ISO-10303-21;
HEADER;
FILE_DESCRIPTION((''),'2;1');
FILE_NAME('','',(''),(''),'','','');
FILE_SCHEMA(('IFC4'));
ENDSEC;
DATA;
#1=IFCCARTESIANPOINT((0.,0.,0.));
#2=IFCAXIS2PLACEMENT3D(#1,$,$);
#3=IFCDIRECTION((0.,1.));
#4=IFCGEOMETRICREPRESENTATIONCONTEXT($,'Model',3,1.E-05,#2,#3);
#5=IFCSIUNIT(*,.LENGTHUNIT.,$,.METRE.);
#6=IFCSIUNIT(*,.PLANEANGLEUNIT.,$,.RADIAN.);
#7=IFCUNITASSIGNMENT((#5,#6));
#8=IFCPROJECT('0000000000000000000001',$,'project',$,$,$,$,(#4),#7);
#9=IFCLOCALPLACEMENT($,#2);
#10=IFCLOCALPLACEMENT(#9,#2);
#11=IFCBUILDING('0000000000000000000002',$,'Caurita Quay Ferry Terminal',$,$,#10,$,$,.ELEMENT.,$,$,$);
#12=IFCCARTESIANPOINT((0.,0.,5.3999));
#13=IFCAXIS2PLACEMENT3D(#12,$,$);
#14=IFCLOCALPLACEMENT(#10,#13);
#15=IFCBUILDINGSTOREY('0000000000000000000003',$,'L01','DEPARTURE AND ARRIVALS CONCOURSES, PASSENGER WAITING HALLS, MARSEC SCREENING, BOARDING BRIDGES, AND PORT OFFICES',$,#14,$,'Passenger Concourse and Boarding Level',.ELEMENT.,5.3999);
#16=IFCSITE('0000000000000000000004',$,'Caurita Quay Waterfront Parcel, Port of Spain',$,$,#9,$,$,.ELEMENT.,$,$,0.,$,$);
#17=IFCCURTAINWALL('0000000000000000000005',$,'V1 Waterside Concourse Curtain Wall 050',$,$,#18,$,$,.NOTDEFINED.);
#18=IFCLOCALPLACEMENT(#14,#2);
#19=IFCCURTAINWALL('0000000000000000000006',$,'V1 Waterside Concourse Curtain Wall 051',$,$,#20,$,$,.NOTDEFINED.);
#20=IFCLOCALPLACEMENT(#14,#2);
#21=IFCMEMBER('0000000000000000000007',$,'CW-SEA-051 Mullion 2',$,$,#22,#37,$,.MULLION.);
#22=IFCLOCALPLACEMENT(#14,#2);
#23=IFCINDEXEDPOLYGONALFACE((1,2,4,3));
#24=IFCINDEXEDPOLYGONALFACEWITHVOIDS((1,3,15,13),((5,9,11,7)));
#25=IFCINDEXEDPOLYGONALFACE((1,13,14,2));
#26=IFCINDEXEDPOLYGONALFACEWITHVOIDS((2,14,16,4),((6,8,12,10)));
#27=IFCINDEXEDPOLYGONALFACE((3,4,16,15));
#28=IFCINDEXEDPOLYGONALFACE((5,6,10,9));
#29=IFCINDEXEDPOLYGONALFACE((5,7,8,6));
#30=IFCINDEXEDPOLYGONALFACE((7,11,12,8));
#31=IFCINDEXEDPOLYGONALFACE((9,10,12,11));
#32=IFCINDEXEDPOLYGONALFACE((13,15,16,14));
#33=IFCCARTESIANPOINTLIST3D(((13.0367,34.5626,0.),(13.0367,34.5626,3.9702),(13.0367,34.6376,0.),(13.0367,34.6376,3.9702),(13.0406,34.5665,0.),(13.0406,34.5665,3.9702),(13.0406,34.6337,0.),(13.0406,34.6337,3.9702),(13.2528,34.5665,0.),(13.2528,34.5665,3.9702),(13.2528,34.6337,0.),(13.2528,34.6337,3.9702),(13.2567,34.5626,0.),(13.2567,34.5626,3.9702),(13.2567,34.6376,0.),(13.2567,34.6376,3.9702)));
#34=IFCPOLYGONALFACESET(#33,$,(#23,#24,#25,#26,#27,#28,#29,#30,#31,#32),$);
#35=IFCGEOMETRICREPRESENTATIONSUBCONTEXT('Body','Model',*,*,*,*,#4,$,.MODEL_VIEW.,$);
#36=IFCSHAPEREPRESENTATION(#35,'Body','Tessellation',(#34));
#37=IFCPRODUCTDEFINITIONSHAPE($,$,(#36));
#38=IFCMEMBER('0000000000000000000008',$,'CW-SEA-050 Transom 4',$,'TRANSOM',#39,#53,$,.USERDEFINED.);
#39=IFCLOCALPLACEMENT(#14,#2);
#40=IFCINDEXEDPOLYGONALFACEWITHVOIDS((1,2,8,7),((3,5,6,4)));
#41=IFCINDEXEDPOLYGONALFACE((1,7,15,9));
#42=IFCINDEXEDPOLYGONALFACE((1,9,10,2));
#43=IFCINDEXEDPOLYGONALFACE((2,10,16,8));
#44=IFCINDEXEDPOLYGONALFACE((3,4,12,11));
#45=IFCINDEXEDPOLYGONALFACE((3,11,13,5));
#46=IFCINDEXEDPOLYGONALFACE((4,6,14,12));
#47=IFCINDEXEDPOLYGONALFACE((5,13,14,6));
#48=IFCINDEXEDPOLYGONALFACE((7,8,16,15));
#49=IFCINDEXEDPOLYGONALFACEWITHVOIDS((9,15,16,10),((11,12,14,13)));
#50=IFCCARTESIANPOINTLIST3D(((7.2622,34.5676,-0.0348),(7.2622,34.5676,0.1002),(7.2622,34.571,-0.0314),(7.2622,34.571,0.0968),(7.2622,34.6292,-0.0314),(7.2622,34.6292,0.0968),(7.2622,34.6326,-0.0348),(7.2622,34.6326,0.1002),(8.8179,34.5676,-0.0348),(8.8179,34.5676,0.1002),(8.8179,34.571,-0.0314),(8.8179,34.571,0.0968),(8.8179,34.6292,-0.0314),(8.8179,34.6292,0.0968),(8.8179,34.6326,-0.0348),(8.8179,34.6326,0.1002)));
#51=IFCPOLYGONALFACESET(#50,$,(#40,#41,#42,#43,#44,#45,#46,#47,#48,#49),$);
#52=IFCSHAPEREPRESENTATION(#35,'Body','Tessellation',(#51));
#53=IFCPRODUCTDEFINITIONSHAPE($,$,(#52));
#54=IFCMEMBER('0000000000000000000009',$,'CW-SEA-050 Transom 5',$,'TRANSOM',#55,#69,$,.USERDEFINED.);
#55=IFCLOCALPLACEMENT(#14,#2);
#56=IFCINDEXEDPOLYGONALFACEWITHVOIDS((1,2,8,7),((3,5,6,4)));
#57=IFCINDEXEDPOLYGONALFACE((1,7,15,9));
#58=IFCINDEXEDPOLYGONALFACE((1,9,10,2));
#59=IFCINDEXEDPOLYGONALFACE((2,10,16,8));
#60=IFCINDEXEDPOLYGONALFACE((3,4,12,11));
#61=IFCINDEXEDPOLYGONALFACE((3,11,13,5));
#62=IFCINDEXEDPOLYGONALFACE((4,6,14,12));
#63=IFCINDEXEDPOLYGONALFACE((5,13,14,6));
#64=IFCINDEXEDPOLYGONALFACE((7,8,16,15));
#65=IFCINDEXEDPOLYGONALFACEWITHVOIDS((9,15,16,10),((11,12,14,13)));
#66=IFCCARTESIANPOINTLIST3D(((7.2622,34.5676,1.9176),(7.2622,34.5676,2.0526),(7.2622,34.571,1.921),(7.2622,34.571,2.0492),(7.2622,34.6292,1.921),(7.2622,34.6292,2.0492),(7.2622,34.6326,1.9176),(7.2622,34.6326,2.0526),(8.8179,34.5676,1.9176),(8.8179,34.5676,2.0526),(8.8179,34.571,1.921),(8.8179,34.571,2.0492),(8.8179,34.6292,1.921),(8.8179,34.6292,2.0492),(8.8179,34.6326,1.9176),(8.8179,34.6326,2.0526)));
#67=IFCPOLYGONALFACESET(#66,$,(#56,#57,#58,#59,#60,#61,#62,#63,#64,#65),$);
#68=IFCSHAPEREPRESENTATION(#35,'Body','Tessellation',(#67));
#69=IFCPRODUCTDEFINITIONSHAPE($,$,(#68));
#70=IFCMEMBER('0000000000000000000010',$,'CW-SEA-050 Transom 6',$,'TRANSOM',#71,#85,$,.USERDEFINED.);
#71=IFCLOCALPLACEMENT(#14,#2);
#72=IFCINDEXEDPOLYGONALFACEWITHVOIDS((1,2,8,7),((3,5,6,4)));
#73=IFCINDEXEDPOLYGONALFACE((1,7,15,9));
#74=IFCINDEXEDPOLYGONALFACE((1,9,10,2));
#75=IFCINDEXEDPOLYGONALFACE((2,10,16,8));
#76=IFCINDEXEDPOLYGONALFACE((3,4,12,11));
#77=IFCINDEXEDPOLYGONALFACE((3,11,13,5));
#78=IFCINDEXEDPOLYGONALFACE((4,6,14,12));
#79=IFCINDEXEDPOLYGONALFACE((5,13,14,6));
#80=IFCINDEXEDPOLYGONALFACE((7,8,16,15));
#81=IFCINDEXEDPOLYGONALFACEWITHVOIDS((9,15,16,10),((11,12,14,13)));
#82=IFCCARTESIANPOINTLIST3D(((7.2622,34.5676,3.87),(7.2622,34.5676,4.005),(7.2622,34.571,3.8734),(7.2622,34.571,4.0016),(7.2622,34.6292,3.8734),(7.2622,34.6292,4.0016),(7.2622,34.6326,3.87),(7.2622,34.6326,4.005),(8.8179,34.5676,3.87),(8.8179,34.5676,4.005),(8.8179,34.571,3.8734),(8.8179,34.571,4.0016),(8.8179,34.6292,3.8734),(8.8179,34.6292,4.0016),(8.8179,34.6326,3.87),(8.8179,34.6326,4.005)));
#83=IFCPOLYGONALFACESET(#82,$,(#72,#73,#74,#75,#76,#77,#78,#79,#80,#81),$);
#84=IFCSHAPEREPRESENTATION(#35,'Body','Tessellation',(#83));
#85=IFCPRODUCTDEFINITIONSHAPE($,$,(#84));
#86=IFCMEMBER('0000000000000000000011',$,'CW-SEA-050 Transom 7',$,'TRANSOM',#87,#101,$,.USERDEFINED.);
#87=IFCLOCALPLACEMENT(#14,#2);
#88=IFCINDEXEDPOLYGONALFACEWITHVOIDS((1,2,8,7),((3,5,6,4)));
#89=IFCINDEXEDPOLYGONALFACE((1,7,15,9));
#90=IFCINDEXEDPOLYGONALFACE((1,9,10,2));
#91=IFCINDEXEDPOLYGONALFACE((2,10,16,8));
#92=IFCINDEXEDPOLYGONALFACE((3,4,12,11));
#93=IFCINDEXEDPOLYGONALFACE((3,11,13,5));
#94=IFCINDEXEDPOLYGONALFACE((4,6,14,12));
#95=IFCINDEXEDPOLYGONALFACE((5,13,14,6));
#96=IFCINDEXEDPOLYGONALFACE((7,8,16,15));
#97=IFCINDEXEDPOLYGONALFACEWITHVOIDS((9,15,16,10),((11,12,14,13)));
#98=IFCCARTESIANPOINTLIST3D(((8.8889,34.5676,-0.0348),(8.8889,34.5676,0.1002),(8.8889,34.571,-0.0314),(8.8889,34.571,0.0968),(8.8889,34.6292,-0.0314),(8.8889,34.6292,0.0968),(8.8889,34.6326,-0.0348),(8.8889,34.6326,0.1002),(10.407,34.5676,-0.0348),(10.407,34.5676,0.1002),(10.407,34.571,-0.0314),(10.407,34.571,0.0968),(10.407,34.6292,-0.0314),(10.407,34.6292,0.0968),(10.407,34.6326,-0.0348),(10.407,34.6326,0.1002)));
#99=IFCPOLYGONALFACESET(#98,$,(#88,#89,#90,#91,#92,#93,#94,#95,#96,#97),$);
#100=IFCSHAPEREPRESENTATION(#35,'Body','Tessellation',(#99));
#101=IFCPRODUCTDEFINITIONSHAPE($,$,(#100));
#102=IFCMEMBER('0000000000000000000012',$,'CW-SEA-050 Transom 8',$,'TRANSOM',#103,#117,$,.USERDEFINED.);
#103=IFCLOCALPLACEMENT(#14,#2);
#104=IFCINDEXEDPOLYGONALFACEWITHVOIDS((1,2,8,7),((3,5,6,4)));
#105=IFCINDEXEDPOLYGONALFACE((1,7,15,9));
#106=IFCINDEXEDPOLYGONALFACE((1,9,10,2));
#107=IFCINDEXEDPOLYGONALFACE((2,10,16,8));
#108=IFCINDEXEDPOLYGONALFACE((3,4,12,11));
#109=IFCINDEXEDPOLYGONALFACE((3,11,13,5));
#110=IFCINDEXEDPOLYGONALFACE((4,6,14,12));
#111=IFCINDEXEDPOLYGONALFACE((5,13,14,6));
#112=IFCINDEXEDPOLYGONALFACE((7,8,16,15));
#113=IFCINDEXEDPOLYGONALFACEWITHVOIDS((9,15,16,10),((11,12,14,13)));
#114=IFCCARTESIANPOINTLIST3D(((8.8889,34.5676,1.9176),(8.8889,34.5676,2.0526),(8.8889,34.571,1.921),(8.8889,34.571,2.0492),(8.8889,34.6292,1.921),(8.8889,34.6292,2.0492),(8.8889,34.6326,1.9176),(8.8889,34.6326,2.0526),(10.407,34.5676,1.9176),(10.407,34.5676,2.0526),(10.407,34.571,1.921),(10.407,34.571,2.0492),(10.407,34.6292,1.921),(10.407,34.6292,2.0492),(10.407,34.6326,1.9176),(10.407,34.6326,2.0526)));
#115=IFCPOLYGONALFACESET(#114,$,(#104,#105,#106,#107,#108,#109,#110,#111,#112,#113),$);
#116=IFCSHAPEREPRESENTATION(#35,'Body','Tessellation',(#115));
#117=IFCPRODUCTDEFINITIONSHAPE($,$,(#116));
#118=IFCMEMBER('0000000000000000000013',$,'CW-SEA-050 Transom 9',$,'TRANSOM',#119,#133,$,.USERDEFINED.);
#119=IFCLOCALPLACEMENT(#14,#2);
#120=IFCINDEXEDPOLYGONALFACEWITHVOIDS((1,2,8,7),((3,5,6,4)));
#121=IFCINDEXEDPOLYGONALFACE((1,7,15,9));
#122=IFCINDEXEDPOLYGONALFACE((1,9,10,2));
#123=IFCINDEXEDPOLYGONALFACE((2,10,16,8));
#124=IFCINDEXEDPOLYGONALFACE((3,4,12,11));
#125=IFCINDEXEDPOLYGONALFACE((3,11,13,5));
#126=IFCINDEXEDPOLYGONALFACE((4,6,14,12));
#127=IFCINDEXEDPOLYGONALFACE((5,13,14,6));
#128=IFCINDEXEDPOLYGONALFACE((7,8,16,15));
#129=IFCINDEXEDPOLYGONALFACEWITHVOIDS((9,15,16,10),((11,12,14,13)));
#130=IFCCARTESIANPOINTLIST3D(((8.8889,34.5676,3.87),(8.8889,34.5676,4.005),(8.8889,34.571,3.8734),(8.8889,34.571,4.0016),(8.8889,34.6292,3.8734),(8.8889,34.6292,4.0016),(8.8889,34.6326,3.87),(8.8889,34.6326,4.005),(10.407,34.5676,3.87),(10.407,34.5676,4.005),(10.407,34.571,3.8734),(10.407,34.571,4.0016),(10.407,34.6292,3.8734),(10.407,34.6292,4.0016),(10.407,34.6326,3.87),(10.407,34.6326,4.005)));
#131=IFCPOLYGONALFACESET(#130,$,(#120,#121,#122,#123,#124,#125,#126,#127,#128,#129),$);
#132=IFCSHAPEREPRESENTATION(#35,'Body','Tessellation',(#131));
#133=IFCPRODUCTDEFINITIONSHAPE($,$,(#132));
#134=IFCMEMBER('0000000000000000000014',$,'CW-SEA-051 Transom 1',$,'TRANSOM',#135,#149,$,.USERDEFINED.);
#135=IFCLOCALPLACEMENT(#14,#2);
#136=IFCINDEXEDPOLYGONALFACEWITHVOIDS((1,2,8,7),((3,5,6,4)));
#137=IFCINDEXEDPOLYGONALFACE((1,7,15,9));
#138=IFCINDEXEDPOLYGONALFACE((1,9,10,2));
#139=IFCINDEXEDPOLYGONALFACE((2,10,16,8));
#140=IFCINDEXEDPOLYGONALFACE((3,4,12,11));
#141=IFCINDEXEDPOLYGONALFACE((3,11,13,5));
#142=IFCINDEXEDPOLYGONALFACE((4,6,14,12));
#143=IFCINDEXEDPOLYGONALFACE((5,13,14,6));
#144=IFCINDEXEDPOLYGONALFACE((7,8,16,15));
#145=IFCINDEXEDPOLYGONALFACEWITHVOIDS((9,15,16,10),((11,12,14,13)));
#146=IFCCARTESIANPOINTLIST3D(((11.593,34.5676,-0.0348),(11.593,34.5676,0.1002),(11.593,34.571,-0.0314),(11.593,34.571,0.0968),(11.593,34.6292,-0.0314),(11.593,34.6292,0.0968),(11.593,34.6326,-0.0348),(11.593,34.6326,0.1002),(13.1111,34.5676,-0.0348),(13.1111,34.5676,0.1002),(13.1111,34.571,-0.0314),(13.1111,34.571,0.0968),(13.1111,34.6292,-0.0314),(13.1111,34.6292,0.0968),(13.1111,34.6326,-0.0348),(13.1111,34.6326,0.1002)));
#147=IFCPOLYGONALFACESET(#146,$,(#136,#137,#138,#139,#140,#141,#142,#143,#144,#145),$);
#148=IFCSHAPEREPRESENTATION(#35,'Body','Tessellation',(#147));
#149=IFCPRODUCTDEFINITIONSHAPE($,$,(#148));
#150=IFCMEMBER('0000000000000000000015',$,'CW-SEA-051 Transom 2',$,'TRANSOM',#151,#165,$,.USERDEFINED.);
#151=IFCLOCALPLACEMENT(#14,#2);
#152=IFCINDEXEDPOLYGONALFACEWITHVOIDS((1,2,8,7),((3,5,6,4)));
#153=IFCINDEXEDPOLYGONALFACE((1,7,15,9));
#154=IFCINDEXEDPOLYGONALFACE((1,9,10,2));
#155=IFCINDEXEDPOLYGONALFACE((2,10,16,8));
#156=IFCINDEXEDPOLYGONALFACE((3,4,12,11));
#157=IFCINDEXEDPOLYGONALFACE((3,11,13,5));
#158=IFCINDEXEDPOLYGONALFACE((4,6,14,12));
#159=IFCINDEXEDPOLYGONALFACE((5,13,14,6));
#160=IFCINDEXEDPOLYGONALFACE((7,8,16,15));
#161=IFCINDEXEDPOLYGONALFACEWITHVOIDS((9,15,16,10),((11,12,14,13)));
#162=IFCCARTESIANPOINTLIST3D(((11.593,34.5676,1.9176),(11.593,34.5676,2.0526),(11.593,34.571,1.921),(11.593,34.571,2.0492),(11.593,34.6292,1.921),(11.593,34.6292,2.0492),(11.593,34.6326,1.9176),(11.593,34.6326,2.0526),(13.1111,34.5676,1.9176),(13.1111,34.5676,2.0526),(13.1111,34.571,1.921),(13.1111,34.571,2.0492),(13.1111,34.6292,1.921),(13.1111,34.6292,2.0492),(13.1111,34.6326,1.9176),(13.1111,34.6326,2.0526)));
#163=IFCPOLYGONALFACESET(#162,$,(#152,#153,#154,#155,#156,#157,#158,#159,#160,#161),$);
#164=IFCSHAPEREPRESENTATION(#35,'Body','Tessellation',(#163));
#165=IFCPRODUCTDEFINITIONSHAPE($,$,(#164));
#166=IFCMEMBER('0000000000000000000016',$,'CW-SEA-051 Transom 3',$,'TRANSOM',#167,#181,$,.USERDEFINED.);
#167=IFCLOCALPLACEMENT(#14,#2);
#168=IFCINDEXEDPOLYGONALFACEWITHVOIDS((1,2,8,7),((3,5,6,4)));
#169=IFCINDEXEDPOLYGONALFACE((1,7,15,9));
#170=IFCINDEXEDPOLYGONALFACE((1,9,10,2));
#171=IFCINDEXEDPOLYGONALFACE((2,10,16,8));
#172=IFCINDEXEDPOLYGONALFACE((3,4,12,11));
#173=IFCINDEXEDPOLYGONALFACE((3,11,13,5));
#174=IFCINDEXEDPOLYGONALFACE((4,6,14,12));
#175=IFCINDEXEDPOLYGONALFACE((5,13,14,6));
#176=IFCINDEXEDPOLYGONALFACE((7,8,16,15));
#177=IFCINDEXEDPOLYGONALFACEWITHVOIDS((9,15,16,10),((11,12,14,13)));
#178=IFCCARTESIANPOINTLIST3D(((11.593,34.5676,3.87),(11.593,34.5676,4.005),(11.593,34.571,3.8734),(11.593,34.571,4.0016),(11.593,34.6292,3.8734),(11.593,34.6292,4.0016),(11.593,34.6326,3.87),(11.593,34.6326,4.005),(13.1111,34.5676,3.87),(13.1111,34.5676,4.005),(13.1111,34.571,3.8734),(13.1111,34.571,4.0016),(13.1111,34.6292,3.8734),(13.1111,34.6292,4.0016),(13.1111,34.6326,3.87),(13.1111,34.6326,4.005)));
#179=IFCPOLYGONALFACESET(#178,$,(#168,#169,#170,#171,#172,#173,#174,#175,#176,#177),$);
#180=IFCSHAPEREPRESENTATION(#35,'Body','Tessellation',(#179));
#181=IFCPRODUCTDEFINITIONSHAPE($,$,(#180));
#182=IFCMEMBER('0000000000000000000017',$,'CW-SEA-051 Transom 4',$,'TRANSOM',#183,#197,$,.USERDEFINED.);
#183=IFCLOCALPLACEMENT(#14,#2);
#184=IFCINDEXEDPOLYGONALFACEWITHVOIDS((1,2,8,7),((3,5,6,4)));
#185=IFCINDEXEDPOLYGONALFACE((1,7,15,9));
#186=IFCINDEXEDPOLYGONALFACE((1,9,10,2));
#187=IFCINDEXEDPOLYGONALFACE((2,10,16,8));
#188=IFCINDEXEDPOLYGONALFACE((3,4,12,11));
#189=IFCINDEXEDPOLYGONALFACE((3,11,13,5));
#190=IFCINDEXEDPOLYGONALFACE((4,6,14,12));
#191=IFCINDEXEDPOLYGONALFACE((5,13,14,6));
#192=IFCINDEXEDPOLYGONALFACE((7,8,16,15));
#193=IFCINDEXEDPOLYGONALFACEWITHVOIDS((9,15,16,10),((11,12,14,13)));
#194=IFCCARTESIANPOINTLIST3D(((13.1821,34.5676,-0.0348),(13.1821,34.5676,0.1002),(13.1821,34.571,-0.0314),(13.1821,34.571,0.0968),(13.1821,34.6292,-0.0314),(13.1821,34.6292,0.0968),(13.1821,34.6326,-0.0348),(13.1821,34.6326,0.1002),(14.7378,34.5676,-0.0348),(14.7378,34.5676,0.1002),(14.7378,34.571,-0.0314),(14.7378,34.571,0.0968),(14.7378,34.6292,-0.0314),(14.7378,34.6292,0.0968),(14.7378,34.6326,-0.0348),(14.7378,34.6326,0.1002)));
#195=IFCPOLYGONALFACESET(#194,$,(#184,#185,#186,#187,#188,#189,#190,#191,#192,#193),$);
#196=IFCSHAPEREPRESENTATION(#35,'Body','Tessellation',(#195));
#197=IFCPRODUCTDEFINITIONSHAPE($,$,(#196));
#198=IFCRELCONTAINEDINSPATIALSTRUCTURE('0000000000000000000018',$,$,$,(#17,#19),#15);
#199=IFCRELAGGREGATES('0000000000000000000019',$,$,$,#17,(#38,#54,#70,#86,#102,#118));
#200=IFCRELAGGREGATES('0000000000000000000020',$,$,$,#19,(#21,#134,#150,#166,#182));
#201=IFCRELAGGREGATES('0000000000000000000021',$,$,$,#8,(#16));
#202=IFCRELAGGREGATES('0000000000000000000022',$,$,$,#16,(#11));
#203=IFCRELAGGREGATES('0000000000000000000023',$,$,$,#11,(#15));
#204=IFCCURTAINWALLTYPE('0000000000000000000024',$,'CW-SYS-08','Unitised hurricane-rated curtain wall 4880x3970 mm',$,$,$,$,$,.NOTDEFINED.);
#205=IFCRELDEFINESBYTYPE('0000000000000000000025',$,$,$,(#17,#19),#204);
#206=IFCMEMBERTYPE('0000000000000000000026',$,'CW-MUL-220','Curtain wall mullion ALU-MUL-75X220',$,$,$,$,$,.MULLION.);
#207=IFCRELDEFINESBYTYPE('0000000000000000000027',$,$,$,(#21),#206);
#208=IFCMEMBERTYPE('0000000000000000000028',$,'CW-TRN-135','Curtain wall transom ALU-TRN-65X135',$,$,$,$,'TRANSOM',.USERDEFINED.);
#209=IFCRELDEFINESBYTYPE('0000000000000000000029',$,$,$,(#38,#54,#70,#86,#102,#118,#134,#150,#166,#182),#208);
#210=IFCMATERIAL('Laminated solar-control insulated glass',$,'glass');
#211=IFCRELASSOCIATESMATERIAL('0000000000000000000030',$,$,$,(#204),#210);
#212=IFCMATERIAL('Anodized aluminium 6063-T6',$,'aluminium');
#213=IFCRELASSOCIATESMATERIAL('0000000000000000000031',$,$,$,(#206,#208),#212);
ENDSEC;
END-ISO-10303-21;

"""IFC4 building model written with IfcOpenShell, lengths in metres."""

from ifc_helpers import new_model, si_unit, direction, frame, origin, origin_2d, place, context, subcontext, project, spatial, hollow_rectangle, extrude, material, material_profile, profile_set, type_object, element, aggregate, save


model = new_model("IFC4")

# Units and contexts
model_context = context("Model", 3, precision=1e-05, world=origin(), true_north=direction((0.0, 1.0)))
body_context = subcontext(model_context, "Body", "Model", "MODEL_VIEW")
ifc_project = project(units=[si_unit("LENGTHUNIT", "METRE"), si_unit("PLANEANGLEUNIT", "RADIAN")], contexts=[model_context])

# Site, building, storey
site_placement = place(None, origin())
site = spatial("IfcSite", under=ifc_project, at=site_placement, Name="Caurita Quay Waterfront Parcel, Port of Spain", CompositionType="ELEMENT", RefElevation=0.0)
building_placement = place(site_placement, origin())
building = spatial("IfcBuilding", under=site, at=building_placement, Name="Caurita Quay Ferry Terminal", CompositionType="ELEMENT")
storey_placement = place(building_placement, frame((0.0, 0.0, 5.3999)))
storey = spatial("IfcBuildingStorey", under=building, at=storey_placement, Name="L01", Description="DEPARTURE AND ARRIVALS CONCOURSES, PASSENGER WAITING HALLS, MARSEC SCREENING, BOARDING BRIDGES, AND PORT OFFICES", LongName="Passenger Concourse and Boarding Level", CompositionType="ELEMENT", Elevation=5.3999)

# Curtain walls, member
ifc_material_1 = material(Name="Laminated solar-control insulated glass", Category="glass")
curtain_wall_type = type_object("IfcCurtainWallType", Name="CW-SYS-08", Description="Unitised hurricane-rated curtain wall 4880x3970 mm", PredefinedType="NOTDEFINED", material=ifc_material_1)
curtain_wall_1_placement = place(storey_placement, origin())
curtain_wall_1 = element("IfcCurtainWall", 1, at=curtain_wall_1_placement, inside=storey, type_object=curtain_wall_type, Name="V1 Waterside Concourse Curtain Wall 050", PredefinedType="NOTDEFINED")
ifc_material_2 = material(Name="Anodized aluminium 6063-T6", Category="aluminium")
ifc_material_profile_1 = material_profile(ifc_material_2, hollow_rectangle(XDim=0.075, YDim=0.22, WallThickness=0.0039, at=origin_2d()), Name="ALU-MUL-75X220")
ifc_profile_set_1 = profile_set([ifc_material_profile_1], Name="Anodized aluminium 6063-T6")
member_type_1 = type_object("IfcMemberType", Name="CW-MUL-220", Description="Curtain wall mullion ALU-MUL-75X220", PredefinedType="MULLION", material=ifc_profile_set_1)
curtain_wall_2_placement = place(storey_placement, origin())
curtain_wall_2 = element("IfcCurtainWall", 2, at=curtain_wall_2_placement, inside=storey, type_object=curtain_wall_type, Name="V1 Waterside Concourse Curtain Wall 051", PredefinedType="NOTDEFINED")
member_1_placement = place(storey_placement, frame((13.1467, 34.6001, 0.0), z_axis=(0.0, 0.0, 1.0), x_axis=(0.0, 1.0, 0.0)))
member_1 = element("IfcMember", 3, at=member_1_placement, type_object=member_type_1, Name="CW-SEA-051 Mullion 2", PredefinedType="MULLION", context=body_context, shape_type="SweptSolid", body=[
    extrude(hollow_rectangle(XDim=0.075, YDim=0.22, WallThickness=0.0039, at=origin_2d()), origin(), (0.0, 0.0, 1.0), 3.9702),
])

# Members
ifc_material_profile_2 = material_profile(ifc_material_2, hollow_rectangle(XDim=0.0649, YDim=0.135, WallThickness=0.0034, at=origin_2d()), Name="ALU-TRN-65X135")
ifc_profile_set_2 = profile_set([ifc_material_profile_2], Name="Anodized aluminium 6063-T6")
member_type_2 = type_object("IfcMemberType", Name="CW-TRN-135", Description="Curtain wall transom ALU-TRN-65X135", ElementType="TRANSOM", PredefinedType="USERDEFINED", material=ifc_profile_set_2)
member_2_placement = place(storey_placement, frame((7.2622, 34.6001, 0.0327), z_axis=(1.0, 0.0, 0.0), x_axis=(0.0, 1.0, 0.0)))
member_2 = element("IfcMember", 4, at=member_2_placement, type_object=member_type_2, Name="CW-SEA-050 Transom 4", ObjectType="TRANSOM", PredefinedType="USERDEFINED", context=body_context, shape_type="SweptSolid", body=[
    extrude(hollow_rectangle(XDim=0.0649, YDim=0.135, WallThickness=0.0034, at=origin_2d()), origin(), (0.0, 0.0, 1.0), 1.5557),
])
member_3_placement = place(storey_placement, frame((7.2622, 34.6001, 1.9851), z_axis=(1.0, 0.0, 0.0), x_axis=(0.0, 1.0, 0.0)))
member_3 = element("IfcMember", 5, at=member_3_placement, type_object=member_type_2, Name="CW-SEA-050 Transom 5", ObjectType="TRANSOM", PredefinedType="USERDEFINED", context=body_context, shape_type="SweptSolid", body=[
    extrude(hollow_rectangle(XDim=0.0649, YDim=0.135, WallThickness=0.0034, at=origin_2d()), origin(), (0.0, 0.0, 1.0), 1.5557),
])
member_4_placement = place(storey_placement, frame((7.2622, 34.6001, 3.9375), z_axis=(1.0, 0.0, 0.0), x_axis=(0.0, 1.0, 0.0)))
member_4 = element("IfcMember", 6, at=member_4_placement, type_object=member_type_2, Name="CW-SEA-050 Transom 6", ObjectType="TRANSOM", PredefinedType="USERDEFINED", context=body_context, shape_type="SweptSolid", body=[
    extrude(hollow_rectangle(XDim=0.0649, YDim=0.135, WallThickness=0.0034, at=origin_2d()), origin(), (0.0, 0.0, 1.0), 1.5557),
])
member_5_placement = place(storey_placement, frame((8.8889, 34.6001, 0.0327), z_axis=(1.0, 0.0, 0.0), x_axis=(0.0, 1.0, 0.0)))
member_5 = element("IfcMember", 7, at=member_5_placement, type_object=member_type_2, Name="CW-SEA-050 Transom 7", ObjectType="TRANSOM", PredefinedType="USERDEFINED", context=body_context, shape_type="SweptSolid", body=[
    extrude(hollow_rectangle(XDim=0.0649, YDim=0.135, WallThickness=0.0034, at=origin_2d()), origin(), (0.0, 0.0, 1.0), 1.5181),
])
member_6_placement = place(storey_placement, frame((8.8889, 34.6001, 1.9851), z_axis=(1.0, 0.0, 0.0), x_axis=(0.0, 1.0, 0.0)))
member_6 = element("IfcMember", 8, at=member_6_placement, type_object=member_type_2, Name="CW-SEA-050 Transom 8", ObjectType="TRANSOM", PredefinedType="USERDEFINED", context=body_context, shape_type="SweptSolid", body=[
    extrude(hollow_rectangle(XDim=0.0649, YDim=0.135, WallThickness=0.0034, at=origin_2d()), origin(), (0.0, 0.0, 1.0), 1.5181),
])
member_7_placement = place(storey_placement, frame((8.8889, 34.6001, 3.9375), z_axis=(1.0, 0.0, 0.0), x_axis=(0.0, 1.0, 0.0)))
member_7 = element("IfcMember", 9, at=member_7_placement, type_object=member_type_2, Name="CW-SEA-050 Transom 9", ObjectType="TRANSOM", PredefinedType="USERDEFINED", context=body_context, shape_type="SweptSolid", body=[
    extrude(hollow_rectangle(XDim=0.0649, YDim=0.135, WallThickness=0.0034, at=origin_2d()), origin(), (0.0, 0.0, 1.0), 1.5181),
])
member_8_placement = place(storey_placement, frame((11.593, 34.6001, 0.0327), z_axis=(1.0, 0.0, 0.0), x_axis=(0.0, 1.0, 0.0)))
member_8 = element("IfcMember", 10, at=member_8_placement, type_object=member_type_2, Name="CW-SEA-051 Transom 1", ObjectType="TRANSOM", PredefinedType="USERDEFINED", context=body_context, shape_type="SweptSolid", body=[
    extrude(hollow_rectangle(XDim=0.0649, YDim=0.135, WallThickness=0.0034, at=origin_2d()), origin(), (0.0, 0.0, 1.0), 1.5181),
])
member_9_placement = place(storey_placement, frame((11.593, 34.6001, 1.9851), z_axis=(1.0, 0.0, 0.0), x_axis=(0.0, 1.0, 0.0)))
member_9 = element("IfcMember", 11, at=member_9_placement, type_object=member_type_2, Name="CW-SEA-051 Transom 2", ObjectType="TRANSOM", PredefinedType="USERDEFINED", context=body_context, shape_type="SweptSolid", body=[
    extrude(hollow_rectangle(XDim=0.0649, YDim=0.135, WallThickness=0.0034, at=origin_2d()), origin(), (0.0, 0.0, 1.0), 1.5181),
])
member_10_placement = place(storey_placement, frame((11.593, 34.6001, 3.9375), z_axis=(1.0, 0.0, 0.0), x_axis=(0.0, 1.0, 0.0)))
member_10 = element("IfcMember", 12, at=member_10_placement, type_object=member_type_2, Name="CW-SEA-051 Transom 3", ObjectType="TRANSOM", PredefinedType="USERDEFINED", context=body_context, shape_type="SweptSolid", body=[
    extrude(hollow_rectangle(XDim=0.0649, YDim=0.135, WallThickness=0.0034, at=origin_2d()), origin(), (0.0, 0.0, 1.0), 1.5181),
])
member_11_placement = place(storey_placement, frame((13.1821, 34.6001, 0.0327), z_axis=(1.0, 0.0, 0.0), x_axis=(0.0, 1.0, 0.0)))
member_11 = element("IfcMember", 13, at=member_11_placement, type_object=member_type_2, Name="CW-SEA-051 Transom 4", ObjectType="TRANSOM", PredefinedType="USERDEFINED", context=body_context, shape_type="SweptSolid", body=[
    extrude(hollow_rectangle(XDim=0.0649, YDim=0.135, WallThickness=0.0034, at=origin_2d()), origin(), (0.0, 0.0, 1.0), 1.5557),
])

aggregate(curtain_wall_1, [member_2, member_3, member_4, member_5, member_6, member_7])
aggregate(curtain_wall_2, [member_1, member_8, member_9, member_10, member_11])

save(model, "model.ifc")
